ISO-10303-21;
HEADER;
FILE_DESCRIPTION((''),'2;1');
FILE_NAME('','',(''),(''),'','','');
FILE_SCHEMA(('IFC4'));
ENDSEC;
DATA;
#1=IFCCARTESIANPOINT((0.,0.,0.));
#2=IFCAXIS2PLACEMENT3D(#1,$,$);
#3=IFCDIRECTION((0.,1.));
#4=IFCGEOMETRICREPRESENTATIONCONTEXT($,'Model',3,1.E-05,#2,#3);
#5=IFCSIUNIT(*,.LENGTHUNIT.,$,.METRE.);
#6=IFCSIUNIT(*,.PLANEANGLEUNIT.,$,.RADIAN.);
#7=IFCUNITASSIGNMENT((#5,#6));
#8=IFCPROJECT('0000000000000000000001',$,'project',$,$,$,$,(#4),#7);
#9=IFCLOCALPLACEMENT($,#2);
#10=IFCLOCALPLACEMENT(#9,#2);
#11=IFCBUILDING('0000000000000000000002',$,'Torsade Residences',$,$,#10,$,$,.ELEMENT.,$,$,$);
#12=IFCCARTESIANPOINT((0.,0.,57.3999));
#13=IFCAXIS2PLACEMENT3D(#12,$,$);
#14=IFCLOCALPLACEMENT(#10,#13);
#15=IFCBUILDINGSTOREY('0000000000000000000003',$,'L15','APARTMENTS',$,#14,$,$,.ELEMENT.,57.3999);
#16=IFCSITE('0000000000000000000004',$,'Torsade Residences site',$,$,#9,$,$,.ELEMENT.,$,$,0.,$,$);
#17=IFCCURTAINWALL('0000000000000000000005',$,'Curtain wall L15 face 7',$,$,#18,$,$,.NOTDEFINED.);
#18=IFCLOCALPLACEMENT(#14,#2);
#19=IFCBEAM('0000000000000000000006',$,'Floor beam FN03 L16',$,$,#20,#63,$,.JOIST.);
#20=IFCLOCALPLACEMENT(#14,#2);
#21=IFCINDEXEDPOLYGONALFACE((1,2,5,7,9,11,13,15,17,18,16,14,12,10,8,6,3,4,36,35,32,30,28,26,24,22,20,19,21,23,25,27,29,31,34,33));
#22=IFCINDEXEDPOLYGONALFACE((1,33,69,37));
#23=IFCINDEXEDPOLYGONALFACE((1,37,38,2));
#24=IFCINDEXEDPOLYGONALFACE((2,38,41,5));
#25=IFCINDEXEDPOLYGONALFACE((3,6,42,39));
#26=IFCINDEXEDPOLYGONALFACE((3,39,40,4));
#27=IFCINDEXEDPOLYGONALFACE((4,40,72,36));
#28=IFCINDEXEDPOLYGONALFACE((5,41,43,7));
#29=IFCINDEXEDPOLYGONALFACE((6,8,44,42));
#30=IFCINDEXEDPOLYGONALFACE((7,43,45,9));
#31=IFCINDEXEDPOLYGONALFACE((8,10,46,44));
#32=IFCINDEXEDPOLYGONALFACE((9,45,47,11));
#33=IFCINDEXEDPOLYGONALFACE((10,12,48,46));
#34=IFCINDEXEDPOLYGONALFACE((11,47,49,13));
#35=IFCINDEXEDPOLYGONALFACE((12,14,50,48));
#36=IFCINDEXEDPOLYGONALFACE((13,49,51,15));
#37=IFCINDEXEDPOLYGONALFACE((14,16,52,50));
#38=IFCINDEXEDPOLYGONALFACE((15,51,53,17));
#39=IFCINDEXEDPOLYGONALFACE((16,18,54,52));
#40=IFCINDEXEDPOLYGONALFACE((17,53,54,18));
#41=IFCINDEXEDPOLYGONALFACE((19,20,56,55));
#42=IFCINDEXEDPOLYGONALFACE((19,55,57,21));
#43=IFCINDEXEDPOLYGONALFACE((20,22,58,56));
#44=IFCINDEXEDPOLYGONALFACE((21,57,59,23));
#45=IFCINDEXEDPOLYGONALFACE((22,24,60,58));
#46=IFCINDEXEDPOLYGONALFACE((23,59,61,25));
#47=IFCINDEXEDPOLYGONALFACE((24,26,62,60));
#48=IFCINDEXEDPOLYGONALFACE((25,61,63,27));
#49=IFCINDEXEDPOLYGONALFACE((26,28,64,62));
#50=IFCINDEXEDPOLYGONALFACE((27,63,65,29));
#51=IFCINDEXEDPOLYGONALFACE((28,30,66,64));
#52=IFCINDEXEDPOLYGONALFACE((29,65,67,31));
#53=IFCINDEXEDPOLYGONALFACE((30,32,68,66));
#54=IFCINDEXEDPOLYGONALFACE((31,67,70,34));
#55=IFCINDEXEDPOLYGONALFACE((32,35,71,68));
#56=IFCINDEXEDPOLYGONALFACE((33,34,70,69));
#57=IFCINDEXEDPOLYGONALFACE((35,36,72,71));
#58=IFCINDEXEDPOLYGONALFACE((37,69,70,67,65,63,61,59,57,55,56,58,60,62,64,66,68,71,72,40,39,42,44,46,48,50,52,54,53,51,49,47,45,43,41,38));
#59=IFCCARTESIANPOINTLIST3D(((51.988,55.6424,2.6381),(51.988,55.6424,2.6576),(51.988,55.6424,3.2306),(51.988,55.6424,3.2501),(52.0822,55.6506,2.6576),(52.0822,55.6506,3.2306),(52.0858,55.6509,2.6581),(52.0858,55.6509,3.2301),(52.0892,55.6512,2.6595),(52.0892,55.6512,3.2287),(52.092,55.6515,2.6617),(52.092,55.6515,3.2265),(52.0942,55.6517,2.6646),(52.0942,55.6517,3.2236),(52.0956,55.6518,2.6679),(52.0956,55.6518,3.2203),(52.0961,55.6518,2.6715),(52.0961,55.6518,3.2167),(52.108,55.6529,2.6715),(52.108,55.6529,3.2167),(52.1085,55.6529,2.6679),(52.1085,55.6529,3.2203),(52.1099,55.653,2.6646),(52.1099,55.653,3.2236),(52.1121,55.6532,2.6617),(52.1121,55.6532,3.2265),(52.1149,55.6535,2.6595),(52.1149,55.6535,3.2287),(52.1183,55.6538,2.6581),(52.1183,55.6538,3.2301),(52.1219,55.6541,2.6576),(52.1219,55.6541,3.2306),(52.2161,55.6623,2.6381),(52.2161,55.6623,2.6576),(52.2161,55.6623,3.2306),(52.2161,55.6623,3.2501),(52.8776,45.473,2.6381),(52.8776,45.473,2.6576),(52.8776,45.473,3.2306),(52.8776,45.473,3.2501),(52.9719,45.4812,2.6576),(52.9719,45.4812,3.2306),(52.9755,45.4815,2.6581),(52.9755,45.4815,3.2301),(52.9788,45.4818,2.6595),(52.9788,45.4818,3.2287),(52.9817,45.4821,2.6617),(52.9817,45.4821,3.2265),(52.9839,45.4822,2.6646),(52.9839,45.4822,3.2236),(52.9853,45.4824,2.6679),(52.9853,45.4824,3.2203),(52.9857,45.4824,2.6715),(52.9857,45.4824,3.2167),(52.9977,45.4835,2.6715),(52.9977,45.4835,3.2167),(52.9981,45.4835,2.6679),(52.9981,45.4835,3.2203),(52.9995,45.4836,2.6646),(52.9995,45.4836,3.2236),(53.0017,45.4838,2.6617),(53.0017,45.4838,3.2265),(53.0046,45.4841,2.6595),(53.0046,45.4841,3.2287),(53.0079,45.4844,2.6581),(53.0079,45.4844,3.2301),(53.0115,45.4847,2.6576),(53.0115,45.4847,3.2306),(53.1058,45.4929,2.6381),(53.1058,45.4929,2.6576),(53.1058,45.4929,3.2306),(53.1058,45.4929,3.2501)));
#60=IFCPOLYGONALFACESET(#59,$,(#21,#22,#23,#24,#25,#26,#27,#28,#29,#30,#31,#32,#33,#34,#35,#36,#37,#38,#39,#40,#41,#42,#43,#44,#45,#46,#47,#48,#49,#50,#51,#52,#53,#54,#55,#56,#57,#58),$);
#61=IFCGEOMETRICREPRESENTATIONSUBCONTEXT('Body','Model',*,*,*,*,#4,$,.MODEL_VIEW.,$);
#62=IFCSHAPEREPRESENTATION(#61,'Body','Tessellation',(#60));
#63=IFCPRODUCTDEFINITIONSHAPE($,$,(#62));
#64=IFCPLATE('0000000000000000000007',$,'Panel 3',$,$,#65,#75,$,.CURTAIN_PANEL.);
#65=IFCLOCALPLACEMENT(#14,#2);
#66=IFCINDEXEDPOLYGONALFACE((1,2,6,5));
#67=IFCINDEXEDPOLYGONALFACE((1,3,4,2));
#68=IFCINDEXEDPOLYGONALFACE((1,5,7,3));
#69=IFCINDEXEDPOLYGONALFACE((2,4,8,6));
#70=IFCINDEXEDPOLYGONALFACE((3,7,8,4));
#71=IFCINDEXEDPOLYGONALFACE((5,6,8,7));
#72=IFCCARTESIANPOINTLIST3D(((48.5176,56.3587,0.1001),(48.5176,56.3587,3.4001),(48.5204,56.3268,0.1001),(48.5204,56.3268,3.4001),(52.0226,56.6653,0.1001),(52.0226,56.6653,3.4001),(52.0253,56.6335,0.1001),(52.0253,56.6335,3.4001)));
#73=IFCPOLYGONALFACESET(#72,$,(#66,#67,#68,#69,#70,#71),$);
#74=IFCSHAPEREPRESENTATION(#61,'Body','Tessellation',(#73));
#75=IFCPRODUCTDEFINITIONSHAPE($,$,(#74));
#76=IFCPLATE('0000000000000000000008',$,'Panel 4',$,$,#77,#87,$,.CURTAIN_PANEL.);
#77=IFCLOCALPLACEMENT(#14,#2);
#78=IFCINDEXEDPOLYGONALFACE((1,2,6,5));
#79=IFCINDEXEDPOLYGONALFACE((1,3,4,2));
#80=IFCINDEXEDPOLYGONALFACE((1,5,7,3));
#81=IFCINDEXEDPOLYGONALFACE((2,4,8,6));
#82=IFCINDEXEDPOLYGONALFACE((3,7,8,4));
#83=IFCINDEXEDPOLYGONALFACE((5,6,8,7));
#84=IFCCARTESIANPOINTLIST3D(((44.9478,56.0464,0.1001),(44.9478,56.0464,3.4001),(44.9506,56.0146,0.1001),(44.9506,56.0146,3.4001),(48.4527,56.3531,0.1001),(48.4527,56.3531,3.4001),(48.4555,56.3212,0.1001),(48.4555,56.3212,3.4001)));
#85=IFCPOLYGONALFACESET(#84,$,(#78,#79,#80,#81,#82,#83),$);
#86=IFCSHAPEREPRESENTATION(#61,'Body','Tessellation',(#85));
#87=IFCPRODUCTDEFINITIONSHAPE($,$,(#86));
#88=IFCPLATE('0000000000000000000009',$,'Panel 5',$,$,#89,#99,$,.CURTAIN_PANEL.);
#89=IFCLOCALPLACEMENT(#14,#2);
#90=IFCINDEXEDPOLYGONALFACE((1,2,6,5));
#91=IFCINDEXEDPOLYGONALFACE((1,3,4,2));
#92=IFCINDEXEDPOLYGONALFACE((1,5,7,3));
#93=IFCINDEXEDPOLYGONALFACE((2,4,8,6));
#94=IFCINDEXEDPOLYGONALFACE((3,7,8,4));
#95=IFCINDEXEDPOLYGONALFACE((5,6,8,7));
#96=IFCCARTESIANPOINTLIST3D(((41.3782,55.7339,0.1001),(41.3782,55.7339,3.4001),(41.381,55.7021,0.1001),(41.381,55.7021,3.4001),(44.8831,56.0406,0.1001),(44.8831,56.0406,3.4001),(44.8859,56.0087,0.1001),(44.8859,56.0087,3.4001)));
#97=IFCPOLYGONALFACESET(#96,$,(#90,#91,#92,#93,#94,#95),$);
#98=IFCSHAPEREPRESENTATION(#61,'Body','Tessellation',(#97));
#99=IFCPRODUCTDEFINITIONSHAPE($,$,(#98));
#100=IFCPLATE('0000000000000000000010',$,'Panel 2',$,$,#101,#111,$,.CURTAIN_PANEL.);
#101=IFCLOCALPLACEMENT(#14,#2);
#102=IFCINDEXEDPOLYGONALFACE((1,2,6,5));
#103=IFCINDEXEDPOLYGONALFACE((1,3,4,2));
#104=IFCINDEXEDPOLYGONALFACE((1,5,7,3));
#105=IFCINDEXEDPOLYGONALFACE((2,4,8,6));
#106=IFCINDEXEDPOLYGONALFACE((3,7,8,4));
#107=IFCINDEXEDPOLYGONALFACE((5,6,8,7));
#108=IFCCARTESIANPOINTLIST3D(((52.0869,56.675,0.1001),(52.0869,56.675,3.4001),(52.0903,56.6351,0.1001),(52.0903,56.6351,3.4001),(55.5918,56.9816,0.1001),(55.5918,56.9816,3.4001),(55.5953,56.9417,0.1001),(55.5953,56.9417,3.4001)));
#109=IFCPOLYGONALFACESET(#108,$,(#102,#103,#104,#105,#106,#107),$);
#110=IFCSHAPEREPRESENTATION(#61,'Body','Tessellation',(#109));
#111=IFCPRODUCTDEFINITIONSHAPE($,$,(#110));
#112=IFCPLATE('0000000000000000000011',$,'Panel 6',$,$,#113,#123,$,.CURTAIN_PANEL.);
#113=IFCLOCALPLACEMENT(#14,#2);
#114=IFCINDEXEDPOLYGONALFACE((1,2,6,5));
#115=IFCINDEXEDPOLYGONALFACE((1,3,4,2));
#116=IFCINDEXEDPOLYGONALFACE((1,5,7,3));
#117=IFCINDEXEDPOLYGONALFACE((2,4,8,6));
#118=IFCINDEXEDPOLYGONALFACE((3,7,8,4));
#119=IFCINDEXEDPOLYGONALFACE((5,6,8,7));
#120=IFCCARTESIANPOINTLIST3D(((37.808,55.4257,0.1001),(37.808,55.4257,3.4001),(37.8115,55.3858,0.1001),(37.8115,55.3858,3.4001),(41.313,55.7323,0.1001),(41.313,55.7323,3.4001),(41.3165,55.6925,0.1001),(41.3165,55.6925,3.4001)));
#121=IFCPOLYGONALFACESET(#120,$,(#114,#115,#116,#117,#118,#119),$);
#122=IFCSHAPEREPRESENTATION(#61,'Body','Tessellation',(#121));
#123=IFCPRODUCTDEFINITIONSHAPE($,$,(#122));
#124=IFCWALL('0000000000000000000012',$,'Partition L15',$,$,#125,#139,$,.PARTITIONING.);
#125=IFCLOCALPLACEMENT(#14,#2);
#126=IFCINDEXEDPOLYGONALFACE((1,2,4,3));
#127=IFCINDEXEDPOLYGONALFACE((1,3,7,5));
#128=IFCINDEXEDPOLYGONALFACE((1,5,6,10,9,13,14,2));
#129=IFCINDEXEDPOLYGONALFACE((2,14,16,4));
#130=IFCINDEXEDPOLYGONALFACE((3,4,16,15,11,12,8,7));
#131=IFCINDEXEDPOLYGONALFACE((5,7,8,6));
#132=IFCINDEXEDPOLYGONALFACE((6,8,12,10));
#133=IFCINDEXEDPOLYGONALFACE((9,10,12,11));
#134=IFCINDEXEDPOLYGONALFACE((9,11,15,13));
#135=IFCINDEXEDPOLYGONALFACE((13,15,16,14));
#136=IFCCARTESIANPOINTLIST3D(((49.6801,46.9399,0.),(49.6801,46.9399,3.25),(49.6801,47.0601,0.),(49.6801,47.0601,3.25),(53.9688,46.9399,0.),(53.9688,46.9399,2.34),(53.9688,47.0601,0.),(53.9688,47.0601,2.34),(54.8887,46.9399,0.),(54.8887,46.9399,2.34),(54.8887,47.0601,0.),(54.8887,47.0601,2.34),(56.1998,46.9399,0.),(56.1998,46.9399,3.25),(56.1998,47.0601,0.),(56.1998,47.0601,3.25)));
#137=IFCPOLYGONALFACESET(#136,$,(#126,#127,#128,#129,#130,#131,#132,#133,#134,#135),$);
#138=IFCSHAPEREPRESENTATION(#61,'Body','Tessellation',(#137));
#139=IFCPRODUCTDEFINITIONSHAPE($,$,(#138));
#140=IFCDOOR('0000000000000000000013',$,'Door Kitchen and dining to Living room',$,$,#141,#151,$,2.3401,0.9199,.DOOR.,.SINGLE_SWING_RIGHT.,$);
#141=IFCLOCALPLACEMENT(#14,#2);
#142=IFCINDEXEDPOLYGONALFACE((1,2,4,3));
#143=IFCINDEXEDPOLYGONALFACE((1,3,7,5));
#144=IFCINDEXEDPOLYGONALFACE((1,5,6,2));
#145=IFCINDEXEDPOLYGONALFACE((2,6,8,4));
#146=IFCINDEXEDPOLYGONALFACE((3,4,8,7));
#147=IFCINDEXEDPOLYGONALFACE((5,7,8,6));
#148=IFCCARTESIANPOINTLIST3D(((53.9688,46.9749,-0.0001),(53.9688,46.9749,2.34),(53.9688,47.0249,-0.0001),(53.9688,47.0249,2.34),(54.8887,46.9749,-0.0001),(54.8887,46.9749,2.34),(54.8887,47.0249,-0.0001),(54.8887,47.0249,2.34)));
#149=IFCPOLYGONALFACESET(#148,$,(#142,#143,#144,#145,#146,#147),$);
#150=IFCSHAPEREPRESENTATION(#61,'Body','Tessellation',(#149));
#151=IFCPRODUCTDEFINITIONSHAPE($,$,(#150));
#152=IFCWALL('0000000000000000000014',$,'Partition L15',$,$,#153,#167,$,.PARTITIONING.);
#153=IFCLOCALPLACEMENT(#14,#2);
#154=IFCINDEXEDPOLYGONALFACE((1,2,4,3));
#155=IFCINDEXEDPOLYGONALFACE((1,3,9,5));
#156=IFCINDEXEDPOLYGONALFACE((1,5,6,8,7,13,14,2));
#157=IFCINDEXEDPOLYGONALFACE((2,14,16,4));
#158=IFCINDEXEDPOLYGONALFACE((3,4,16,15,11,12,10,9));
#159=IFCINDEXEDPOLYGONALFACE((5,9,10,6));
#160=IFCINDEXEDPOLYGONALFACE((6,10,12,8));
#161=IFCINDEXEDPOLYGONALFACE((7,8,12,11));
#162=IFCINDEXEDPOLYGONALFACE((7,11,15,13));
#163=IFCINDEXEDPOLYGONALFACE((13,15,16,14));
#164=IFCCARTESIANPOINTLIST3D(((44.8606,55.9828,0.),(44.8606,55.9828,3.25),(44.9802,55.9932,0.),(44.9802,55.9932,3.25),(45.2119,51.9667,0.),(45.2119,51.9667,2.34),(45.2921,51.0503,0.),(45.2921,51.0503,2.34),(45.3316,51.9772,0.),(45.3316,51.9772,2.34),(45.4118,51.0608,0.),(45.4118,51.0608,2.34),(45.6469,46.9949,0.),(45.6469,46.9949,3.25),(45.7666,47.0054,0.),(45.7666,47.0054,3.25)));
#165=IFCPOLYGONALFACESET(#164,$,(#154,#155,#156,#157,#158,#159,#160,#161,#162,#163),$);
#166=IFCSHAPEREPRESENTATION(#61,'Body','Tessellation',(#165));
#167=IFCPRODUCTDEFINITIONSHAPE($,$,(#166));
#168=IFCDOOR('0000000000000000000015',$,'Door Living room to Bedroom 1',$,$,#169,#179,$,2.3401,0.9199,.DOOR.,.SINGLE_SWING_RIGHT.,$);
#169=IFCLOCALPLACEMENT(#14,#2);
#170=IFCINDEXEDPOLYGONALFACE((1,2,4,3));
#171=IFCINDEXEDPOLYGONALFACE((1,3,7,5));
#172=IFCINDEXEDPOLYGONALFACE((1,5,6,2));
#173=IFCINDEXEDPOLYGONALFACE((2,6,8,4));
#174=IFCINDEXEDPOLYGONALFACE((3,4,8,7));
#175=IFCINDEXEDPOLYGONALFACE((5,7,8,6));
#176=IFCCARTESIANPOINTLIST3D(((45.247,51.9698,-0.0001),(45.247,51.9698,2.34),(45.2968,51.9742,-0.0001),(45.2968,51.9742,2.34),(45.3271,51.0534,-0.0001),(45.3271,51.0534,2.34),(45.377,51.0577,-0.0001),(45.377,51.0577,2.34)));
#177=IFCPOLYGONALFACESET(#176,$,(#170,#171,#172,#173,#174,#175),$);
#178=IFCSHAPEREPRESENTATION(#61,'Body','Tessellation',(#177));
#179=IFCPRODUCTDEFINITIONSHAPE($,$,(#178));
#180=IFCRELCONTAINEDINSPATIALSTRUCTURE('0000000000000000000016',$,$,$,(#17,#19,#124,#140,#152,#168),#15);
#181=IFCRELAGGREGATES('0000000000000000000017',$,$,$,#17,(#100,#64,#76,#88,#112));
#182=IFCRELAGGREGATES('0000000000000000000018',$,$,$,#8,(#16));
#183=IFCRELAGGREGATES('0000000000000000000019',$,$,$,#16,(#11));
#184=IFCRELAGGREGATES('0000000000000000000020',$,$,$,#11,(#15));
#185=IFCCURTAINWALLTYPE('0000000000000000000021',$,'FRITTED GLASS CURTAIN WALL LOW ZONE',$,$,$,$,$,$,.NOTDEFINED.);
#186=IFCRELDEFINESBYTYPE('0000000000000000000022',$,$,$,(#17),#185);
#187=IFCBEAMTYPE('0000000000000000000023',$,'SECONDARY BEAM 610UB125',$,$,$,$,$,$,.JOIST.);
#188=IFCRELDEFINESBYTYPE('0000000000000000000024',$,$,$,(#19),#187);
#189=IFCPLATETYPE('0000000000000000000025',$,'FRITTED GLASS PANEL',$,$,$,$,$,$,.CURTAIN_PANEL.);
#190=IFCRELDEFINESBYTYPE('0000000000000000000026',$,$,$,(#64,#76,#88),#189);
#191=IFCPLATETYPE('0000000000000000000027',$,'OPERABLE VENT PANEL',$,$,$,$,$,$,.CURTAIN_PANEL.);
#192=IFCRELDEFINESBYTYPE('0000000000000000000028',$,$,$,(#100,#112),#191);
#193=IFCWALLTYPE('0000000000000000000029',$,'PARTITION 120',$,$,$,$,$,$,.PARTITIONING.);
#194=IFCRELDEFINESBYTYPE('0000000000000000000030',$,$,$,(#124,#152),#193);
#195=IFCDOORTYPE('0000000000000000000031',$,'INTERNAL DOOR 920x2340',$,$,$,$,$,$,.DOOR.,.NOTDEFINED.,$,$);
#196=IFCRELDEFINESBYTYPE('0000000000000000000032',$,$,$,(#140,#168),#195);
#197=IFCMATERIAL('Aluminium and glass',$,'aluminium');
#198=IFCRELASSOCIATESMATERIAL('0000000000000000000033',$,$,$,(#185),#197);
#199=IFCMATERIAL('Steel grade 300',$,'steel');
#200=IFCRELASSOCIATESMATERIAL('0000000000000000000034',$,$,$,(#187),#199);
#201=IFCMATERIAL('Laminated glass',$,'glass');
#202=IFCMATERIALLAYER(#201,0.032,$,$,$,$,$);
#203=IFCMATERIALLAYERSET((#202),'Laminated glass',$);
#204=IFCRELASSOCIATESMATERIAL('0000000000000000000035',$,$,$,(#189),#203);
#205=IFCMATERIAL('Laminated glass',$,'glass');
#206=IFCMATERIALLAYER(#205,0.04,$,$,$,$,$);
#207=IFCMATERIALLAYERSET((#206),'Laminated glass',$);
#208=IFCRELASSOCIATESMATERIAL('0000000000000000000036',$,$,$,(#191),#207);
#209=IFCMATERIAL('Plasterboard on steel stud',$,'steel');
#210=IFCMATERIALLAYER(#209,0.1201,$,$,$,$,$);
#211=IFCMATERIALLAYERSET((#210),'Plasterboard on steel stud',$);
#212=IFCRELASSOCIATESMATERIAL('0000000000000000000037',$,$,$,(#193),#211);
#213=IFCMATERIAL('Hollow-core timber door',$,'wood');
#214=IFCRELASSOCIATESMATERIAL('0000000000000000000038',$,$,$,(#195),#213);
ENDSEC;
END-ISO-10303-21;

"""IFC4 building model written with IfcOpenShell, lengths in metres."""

from ifc_helpers import new_model, si_unit, direction, frame, frame_2d, origin, origin_2d, place, context, subcontext, project, spatial, rectangle, i_section, extrude, material, layer, layer_set, material_profile, profile_set, type_object, element, fill, aggregate, save


model = new_model("IFC4")

# Units and contexts
model_context = context("Model", 3, precision=1e-05, world=origin(), true_north=direction((0.0, 1.0)))
body_context = subcontext(model_context, "Body", "Model", "MODEL_VIEW")
ifc_project = project(units=[si_unit("LENGTHUNIT", "METRE"), si_unit("PLANEANGLEUNIT", "RADIAN")], contexts=[model_context])

# Site, building, storey
site_placement = place(None, origin())
site = spatial("IfcSite", under=ifc_project, at=site_placement, Name="Torsade Residences site", CompositionType="ELEMENT", RefElevation=0.0)
building_placement = place(site_placement, origin())
building = spatial("IfcBuilding", under=site, at=building_placement, Name="Torsade Residences", CompositionType="ELEMENT")
storey_placement = place(building_placement, frame((0.0, 0.0, 57.3999)))
storey = spatial("IfcBuildingStorey", under=building, at=storey_placement, Name="L15", Description="APARTMENTS", CompositionType="ELEMENT", Elevation=57.3999)

# Curtain wall
ifc_material_1 = material(Name="Aluminium and glass", Category="aluminium")
curtain_wall_type = type_object("IfcCurtainWallType", Name="FRITTED GLASS CURTAIN WALL LOW ZONE", PredefinedType="NOTDEFINED", material=ifc_material_1)
curtain_wall_placement = place(storey_placement, origin())
curtain_wall = element("IfcCurtainWall", 1, at=curtain_wall_placement, inside=storey, type_object=curtain_wall_type, Name="Curtain wall L15 face 7", PredefinedType="NOTDEFINED")

# Beam
ifc_material_2 = material(Name="Steel grade 300", Category="steel")
ifc_material_profile_1 = material_profile(ifc_material_2, i_section(OverallWidth=0.229, OverallDepth=0.6121, WebThickness=0.012, FlangeThickness=0.0195, FilletRadius=0.0139, at=origin_2d()), Name="610UB125")
ifc_profile_set_1 = profile_set([ifc_material_profile_1], Name="Steel grade 300")
beam_type_1 = type_object("IfcBeamType", Name="SECONDARY BEAM 610UB125", PredefinedType="JOIST", material=ifc_profile_set_1)
beam_1_placement = place(storey_placement, frame((52.1021, 55.6523, 2.9441), z_axis=(0.08715, -0.996195, 0.0), x_axis=(0.996195, 0.08715, 0.0)))
element("IfcBeam", 2, at=beam_1_placement, inside=storey, type_object=beam_type_1, Name="Floor beam FN03 L16", PredefinedType="JOIST", context=body_context, shape_type="SweptSolid", body=[
    extrude(i_section(OverallWidth=0.229, OverallDepth=0.6121, WebThickness=0.012, FlangeThickness=0.0195, FilletRadius=0.0139, at=origin_2d()), origin(), (0.0, 0.0, 1.0), 10.2083),
])

# Plates
ifc_material_3 = material(Name="Laminated glass", Category="glass")
ifc_layer_1 = layer(ifc_material_3, 0.032)
ifc_layer_set_1 = layer_set([ifc_layer_1], Name="Laminated glass")
plate_type_1 = type_object("IfcPlateType", Name="FRITTED GLASS PANEL", PredefinedType="CURTAIN_PANEL", material=ifc_layer_set_1)
plate_1_placement = place(storey_placement, frame((50.2715, 56.4961, 0.1001), z_axis=(0.0, 0.0, 1.0), x_axis=(-0.996195, -0.087156, 0.0)))
plate_1 = element("IfcPlate", 3, at=plate_1_placement, type_object=plate_type_1, Name="Panel 3", PredefinedType="CURTAIN_PANEL", context=body_context, shape_type="SweptSolid", body=[
    extrude(rectangle(XDim=3.5183, YDim=0.032, at=origin_2d()), origin(), (0.0, 0.0, 1.0), 3.3),
])
plate_2_placement = place(storey_placement, frame((46.7017, 56.1838, 0.1001), z_axis=(0.0, 0.0, 1.0), x_axis=(-0.996195, -0.087156, 0.0)))
plate_2 = element("IfcPlate", 4, at=plate_2_placement, type_object=plate_type_1, Name="Panel 4", PredefinedType="CURTAIN_PANEL", context=body_context, shape_type="SweptSolid", body=[
    extrude(rectangle(XDim=3.5183, YDim=0.032, at=origin_2d()), origin(), (0.0, 0.0, 1.0), 3.3),
])
plate_3_placement = place(storey_placement, frame((43.1321, 55.8713, 0.1001), z_axis=(0.0, 0.0, 1.0), x_axis=(-0.996195, -0.087156, 0.0)))
plate_3 = element("IfcPlate", 5, at=plate_3_placement, type_object=plate_type_1, Name="Panel 5", PredefinedType="CURTAIN_PANEL", context=body_context, shape_type="SweptSolid", body=[
    extrude(rectangle(XDim=3.5183, YDim=0.032, at=origin_2d()), origin(), (0.0, 0.0, 1.0), 3.3),
])
ifc_material_4 = material(Name="Laminated glass", Category="glass")
ifc_layer_2 = layer(ifc_material_4, 0.04)
ifc_layer_set_2 = layer_set([ifc_layer_2], Name="Laminated glass")
plate_type_2 = type_object("IfcPlateType", Name="OPERABLE VENT PANEL", PredefinedType="CURTAIN_PANEL", material=ifc_layer_set_2)
plate_4_placement = place(storey_placement, frame((53.8411, 56.8083, 0.1001), z_axis=(0.0, 0.0, 1.0), x_axis=(-0.996195, -0.087156, 0.0)))
plate_4 = element("IfcPlate", 6, at=plate_4_placement, type_object=plate_type_2, Name="Panel 2", PredefinedType="CURTAIN_PANEL", context=body_context, shape_type="SweptSolid", body=[
    extrude(rectangle(XDim=3.5183, YDim=0.04, at=origin_2d()), origin(), (0.0, 0.0, 1.0), 3.3),
])
plate_5_placement = place(storey_placement, frame((39.5623, 55.5591, 0.1001), z_axis=(0.0, 0.0, 1.0), x_axis=(-0.996195, -0.087156, 0.0)))
plate_5 = element("IfcPlate", 7, at=plate_5_placement, type_object=plate_type_2, Name="Panel 6", PredefinedType="CURTAIN_PANEL", context=body_context, shape_type="SweptSolid", body=[
    extrude(rectangle(XDim=3.5183, YDim=0.04, at=origin_2d()), origin(), (0.0, 0.0, 1.0), 3.3),
])
aggregate(curtain_wall, [plate_4, plate_1, plate_2, plate_3, plate_5])

# Walls, openings, doors
ifc_material_5 = material(Name="Plasterboard on steel stud", Category="steel")
ifc_layer_3 = layer(ifc_material_5, 0.1201)
ifc_layer_set_3 = layer_set([ifc_layer_3], Name="Plasterboard on steel stud")
wall_type_1 = type_object("IfcWallType", Name="PARTITION 120", PredefinedType="PARTITIONING", material=ifc_layer_set_3)
wall_1_placement = place(storey_placement, frame((49.6802, 47.0, 0.0), z_axis=(0.0, 0.0, 1.0), x_axis=(1.0, 0.0, 0.0)))
wall_1 = element("IfcWall", 8, at=wall_1_placement, inside=storey, type_object=wall_type_1, Name="Partition L15", PredefinedType="PARTITIONING", context=body_context, shape_type="SweptSolid", body=[
    extrude(rectangle(XDim=6.5198, YDim=0.1201, at=frame_2d((3.2598, 0.0))), origin(), (0.0, 0.0, 1.0), 3.25),
])
opening_1_placement = place(wall_1_placement, frame((4.2886, 0.0, 0.0)))
opening_1 = element("IfcOpeningElement", 9, at=opening_1_placement, cuts=wall_1, PredefinedType="OPENING", context=body_context, shape_type="SweptSolid", body=[
    extrude(rectangle(XDim=0.9199, YDim=2.3401, at=frame_2d((0.46, 1.1699))), frame((0.0, 0.0701, 0.0), z_axis=(0.0, -1.0, 0.0), x_axis=(1.0, 0.0, 0.0)), (0.0, 0.0, 1.0), 0.1401),
])
ifc_material_6 = material(Name="Hollow-core timber door", Category="wood")
door_type = type_object("IfcDoorType", Name="INTERNAL DOOR 920x2340", OperationType="NOTDEFINED", PredefinedType="DOOR", material=ifc_material_6)
door_1_placement = place(opening_1_placement, origin())
door_1 = element("IfcDoor", 10, at=door_1_placement, inside=storey, type_object=door_type, Name="Door Kitchen and dining to Living room", OperationType="SINGLE_SWING_RIGHT", OverallHeight=2.3401, OverallWidth=0.9199, PredefinedType="DOOR", context=body_context, shape_type="SweptSolid", body=[
    extrude(rectangle(XDim=0.9199, YDim=2.3401, at=frame_2d((0.46, 1.1699))), frame((0.0, 0.0249, 0.0), z_axis=(0.0, -1.0, 0.0), x_axis=(1.0, 0.0, 0.0)), (0.0, 0.0, 1.0), 0.05),
])
fill(opening_1, door_1)
wall_2_placement = place(storey_placement, frame((45.7068, 47.0, 0.0), z_axis=(0.0, 0.0, 1.0), x_axis=(-0.087161, 0.996194, 0.0)))
wall_2 = element("IfcWall", 11, at=wall_2_placement, inside=storey, type_object=wall_type_1, Name="Partition L15", PredefinedType="PARTITIONING", context=body_context, shape_type="SweptSolid", body=[
    extrude(rectangle(XDim=9.0222, YDim=0.1201, at=frame_2d((4.5112, 0.0))), origin(), (0.0, 0.0, 1.0), 3.25),
])
opening_2_placement = place(wall_2_placement, frame((4.071, 0.0, 0.0)))
opening_2 = element("IfcOpeningElement", 12, at=opening_2_placement, cuts=wall_2, PredefinedType="OPENING", context=body_context, shape_type="SweptSolid", body=[
    extrude(rectangle(XDim=0.9199, YDim=2.3401, at=frame_2d((0.46, 1.1699))), frame((0.0, 0.0701, 0.0), z_axis=(0.0, -1.0, 0.0), x_axis=(1.0, 0.0, 0.0)), (0.0, 0.0, 1.0), 0.1401),
])
door_2_placement = place(opening_2_placement, origin())
door_2 = element("IfcDoor", 13, at=door_2_placement, inside=storey, type_object=door_type, Name="Door Living room to Bedroom 1", OperationType="SINGLE_SWING_RIGHT", OverallHeight=2.3401, OverallWidth=0.9199, PredefinedType="DOOR", context=body_context, shape_type="SweptSolid", body=[
    extrude(rectangle(XDim=0.9199, YDim=2.3401, at=frame_2d((0.46, 1.1699))), frame((0.0, 0.0249, 0.0), z_axis=(0.0, -1.0, 0.0), x_axis=(1.0, 0.0, 0.0)), (0.0, 0.0, 1.0), 0.05),
])
fill(opening_2, door_2)

save(model, "model.ifc")
